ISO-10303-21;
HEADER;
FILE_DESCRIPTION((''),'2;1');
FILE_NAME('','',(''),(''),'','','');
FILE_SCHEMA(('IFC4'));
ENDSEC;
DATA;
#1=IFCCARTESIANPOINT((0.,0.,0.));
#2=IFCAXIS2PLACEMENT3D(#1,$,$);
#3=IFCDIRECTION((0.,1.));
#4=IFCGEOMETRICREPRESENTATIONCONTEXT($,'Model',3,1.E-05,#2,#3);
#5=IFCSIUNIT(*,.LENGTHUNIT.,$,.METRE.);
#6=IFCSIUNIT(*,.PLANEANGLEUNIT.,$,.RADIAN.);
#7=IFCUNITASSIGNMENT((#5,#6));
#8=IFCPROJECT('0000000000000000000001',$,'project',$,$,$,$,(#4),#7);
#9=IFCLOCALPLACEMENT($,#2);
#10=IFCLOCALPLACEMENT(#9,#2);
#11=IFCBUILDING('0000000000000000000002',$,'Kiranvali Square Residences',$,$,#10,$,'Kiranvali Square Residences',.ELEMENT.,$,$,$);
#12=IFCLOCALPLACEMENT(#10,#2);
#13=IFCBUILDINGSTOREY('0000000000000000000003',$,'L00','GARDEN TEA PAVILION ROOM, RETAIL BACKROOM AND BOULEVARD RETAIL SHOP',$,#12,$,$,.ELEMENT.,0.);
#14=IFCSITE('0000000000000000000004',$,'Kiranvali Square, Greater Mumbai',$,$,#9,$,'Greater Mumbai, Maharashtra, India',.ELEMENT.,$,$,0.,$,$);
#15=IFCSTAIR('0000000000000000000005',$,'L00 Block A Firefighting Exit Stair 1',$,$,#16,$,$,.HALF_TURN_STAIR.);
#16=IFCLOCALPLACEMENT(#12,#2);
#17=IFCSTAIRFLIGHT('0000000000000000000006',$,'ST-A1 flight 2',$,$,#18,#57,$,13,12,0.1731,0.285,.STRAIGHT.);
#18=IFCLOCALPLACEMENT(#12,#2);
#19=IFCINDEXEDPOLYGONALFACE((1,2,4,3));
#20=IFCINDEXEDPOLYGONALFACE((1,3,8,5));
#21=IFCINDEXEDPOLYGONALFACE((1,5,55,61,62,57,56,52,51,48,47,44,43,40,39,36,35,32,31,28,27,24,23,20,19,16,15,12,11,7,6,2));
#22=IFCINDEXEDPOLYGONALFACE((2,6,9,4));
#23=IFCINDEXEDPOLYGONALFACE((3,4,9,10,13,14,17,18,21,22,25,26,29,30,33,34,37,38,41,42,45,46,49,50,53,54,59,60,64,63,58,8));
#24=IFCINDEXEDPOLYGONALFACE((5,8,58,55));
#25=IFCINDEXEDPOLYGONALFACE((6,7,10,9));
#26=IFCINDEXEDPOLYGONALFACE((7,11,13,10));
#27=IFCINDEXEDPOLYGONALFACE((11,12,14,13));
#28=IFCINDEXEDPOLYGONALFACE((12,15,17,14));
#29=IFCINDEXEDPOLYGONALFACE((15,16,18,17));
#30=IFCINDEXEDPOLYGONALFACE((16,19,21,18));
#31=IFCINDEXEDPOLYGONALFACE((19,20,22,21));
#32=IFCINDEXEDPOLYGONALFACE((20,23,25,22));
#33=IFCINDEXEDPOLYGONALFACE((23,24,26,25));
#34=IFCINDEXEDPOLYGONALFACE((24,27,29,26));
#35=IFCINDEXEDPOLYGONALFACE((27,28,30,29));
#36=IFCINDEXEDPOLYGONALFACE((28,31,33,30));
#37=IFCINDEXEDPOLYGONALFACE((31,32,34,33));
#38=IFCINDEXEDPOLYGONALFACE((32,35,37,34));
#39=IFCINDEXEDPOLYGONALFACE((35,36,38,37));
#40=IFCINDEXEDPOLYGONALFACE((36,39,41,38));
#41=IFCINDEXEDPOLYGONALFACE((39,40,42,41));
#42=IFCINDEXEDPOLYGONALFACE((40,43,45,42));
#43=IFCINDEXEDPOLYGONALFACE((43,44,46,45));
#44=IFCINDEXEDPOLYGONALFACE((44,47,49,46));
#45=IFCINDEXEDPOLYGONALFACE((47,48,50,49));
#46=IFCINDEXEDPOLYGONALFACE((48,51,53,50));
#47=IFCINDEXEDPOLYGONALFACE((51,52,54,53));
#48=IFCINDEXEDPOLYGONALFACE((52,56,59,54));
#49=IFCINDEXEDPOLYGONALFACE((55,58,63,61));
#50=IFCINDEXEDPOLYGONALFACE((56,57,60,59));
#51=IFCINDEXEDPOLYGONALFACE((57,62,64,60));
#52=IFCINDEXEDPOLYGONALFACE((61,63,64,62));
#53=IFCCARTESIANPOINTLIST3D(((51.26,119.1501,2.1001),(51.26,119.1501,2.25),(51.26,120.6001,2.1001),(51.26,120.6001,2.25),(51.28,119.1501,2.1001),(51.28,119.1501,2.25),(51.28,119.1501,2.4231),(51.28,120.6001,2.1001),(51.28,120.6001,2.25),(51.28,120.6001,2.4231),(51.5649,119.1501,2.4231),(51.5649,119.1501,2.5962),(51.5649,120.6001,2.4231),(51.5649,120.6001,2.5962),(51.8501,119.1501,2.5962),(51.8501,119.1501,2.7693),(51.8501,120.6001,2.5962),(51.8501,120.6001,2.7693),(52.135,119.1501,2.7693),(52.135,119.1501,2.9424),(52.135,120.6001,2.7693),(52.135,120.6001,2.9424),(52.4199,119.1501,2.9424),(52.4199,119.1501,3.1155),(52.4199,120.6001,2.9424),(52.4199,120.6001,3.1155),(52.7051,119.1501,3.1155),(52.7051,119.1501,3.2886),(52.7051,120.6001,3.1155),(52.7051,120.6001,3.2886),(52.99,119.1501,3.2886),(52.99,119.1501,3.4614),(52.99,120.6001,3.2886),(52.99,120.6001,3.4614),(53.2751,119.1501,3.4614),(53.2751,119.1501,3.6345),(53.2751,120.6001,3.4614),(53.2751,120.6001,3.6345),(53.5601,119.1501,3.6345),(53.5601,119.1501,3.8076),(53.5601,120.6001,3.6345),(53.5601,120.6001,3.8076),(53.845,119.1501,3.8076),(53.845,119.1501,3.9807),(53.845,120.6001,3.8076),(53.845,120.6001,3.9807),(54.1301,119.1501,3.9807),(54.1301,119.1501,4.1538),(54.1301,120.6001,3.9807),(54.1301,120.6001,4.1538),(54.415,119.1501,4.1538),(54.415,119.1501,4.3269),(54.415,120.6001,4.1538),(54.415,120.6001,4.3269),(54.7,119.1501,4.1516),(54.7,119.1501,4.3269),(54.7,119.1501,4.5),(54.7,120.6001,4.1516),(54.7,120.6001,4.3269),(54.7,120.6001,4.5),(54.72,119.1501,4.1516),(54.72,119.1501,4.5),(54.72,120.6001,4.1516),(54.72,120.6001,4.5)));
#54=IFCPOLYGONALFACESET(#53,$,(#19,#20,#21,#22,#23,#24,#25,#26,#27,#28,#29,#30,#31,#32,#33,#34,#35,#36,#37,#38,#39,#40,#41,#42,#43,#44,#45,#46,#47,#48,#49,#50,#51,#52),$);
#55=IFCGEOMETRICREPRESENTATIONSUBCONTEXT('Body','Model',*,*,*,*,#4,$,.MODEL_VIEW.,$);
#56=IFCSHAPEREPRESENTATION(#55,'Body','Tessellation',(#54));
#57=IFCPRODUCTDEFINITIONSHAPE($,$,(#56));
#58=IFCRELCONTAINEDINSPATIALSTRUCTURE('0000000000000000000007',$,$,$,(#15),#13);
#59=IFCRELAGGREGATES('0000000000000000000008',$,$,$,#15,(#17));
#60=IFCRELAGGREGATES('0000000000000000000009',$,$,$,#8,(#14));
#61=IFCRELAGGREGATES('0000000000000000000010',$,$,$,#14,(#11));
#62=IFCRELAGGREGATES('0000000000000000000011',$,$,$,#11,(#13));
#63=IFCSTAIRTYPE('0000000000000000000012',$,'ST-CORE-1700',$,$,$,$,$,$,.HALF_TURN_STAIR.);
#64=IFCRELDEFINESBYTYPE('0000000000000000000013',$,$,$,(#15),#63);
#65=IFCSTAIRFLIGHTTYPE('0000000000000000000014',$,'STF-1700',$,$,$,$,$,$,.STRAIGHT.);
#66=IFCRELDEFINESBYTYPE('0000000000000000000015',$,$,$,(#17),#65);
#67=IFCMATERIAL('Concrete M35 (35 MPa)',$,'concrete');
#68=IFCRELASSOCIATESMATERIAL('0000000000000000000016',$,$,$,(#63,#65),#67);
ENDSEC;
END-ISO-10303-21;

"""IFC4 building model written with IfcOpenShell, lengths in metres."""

from ifc_helpers import new_model, si_unit, direction, frame, origin, place, context, subcontext, project, spatial, polyline, outline, extrude, material, type_object, element, aggregate, save


model = new_model("IFC4")

# Units and contexts
model_context = context("Model", 3, precision=1e-05, world=origin(), true_north=direction((0.0, 1.0)))
body_context = subcontext(model_context, "Body", "Model", "MODEL_VIEW")
ifc_project = project(units=[si_unit("LENGTHUNIT", "METRE"), si_unit("PLANEANGLEUNIT", "RADIAN")], contexts=[model_context])

# Site, building, storey
site_placement = place(None, origin())
site = spatial("IfcSite", under=ifc_project, at=site_placement, Name="Kiranvali Square, Greater Mumbai", LongName="Greater Mumbai, Maharashtra, India", CompositionType="ELEMENT", RefElevation=0.0)
building_placement = place(site_placement, origin())
building = spatial("IfcBuilding", under=site, at=building_placement, Name="Kiranvali Square Residences", LongName="Kiranvali Square Residences", CompositionType="ELEMENT")
storey_placement = place(building_placement, origin())
storey = spatial("IfcBuildingStorey", under=building, at=storey_placement, Name="L00", Description="GARDEN TEA PAVILION ROOM, RETAIL BACKROOM AND BOULEVARD RETAIL SHOP", CompositionType="ELEMENT", Elevation=0.0)

# Stair, stair flight
ifc_material_1 = material(Name="Concrete M35 (35 MPa)", Category="concrete")
stair_type = type_object("IfcStairType", Name="ST-CORE-1700", PredefinedType="HALF_TURN_STAIR", material=ifc_material_1)
stair_placement = place(storey_placement, origin())
stair = element("IfcStair", 1, at=stair_placement, inside=storey, type_object=stair_type, Name="L00 Block A Firefighting Exit Stair 1", PredefinedType="HALF_TURN_STAIR")
stair_flight_type = type_object("IfcStairFlightType", Name="STF-1700", PredefinedType="STRAIGHT", material=ifc_material_1)
stair_flight_placement = place(storey_placement, frame((51.28, 119.875, 2.25), z_axis=(0.0, 0.0, 1.0), x_axis=(1.0, 0.0, 0.0)))
stair_flight = element("IfcStairFlight", 2, at=stair_flight_placement, type_object=stair_flight_type, Name="ST-A1 flight 2", NumberOfRisers=13, NumberOfTreads=12, PredefinedType="STRAIGHT", RiserHeight=0.1731, TreadLength=0.285, context=body_context, shape_type="SweptSolid", body=[
    extrude(outline(polyline([(-0.02, -0.1499), (-0.02, 0.0), (0.0, 0.0), (0.0, 0.1731), (0.2849, 0.1731), (0.2849, 0.3462), (0.5701, 0.3462), (0.5701, 0.5193), (0.855, 0.5193), (0.855, 0.6924), (1.1399, 0.6924), (1.1399, 0.8655), (1.425, 0.8655), (1.425, 1.0386), (1.71, 1.0386), (1.71, 1.2114), (1.9951, 1.2114), (1.9951, 1.3845), (2.28, 1.3845), (2.28, 1.5576), (2.5649, 1.5576), (2.5649, 1.7307), (2.8501, 1.7307), (2.8501, 1.9038), (3.135, 1.9038), (3.135, 2.0769), (3.4199, 2.0769), (3.4199, 2.25), (3.4399, 2.25), (3.4399, 1.9016), (3.4199, 1.9016), (0.0, -0.1499), (-0.02, -0.1499)])), frame((0.0, 0.7251, 0.0), z_axis=(0.0, -1.0, 0.0), x_axis=(1.0, 0.0, 0.0)), (0.0, 0.0, 1.0), 1.45),
])
aggregate(stair, [stair_flight])

save(model, "model.ifc")
